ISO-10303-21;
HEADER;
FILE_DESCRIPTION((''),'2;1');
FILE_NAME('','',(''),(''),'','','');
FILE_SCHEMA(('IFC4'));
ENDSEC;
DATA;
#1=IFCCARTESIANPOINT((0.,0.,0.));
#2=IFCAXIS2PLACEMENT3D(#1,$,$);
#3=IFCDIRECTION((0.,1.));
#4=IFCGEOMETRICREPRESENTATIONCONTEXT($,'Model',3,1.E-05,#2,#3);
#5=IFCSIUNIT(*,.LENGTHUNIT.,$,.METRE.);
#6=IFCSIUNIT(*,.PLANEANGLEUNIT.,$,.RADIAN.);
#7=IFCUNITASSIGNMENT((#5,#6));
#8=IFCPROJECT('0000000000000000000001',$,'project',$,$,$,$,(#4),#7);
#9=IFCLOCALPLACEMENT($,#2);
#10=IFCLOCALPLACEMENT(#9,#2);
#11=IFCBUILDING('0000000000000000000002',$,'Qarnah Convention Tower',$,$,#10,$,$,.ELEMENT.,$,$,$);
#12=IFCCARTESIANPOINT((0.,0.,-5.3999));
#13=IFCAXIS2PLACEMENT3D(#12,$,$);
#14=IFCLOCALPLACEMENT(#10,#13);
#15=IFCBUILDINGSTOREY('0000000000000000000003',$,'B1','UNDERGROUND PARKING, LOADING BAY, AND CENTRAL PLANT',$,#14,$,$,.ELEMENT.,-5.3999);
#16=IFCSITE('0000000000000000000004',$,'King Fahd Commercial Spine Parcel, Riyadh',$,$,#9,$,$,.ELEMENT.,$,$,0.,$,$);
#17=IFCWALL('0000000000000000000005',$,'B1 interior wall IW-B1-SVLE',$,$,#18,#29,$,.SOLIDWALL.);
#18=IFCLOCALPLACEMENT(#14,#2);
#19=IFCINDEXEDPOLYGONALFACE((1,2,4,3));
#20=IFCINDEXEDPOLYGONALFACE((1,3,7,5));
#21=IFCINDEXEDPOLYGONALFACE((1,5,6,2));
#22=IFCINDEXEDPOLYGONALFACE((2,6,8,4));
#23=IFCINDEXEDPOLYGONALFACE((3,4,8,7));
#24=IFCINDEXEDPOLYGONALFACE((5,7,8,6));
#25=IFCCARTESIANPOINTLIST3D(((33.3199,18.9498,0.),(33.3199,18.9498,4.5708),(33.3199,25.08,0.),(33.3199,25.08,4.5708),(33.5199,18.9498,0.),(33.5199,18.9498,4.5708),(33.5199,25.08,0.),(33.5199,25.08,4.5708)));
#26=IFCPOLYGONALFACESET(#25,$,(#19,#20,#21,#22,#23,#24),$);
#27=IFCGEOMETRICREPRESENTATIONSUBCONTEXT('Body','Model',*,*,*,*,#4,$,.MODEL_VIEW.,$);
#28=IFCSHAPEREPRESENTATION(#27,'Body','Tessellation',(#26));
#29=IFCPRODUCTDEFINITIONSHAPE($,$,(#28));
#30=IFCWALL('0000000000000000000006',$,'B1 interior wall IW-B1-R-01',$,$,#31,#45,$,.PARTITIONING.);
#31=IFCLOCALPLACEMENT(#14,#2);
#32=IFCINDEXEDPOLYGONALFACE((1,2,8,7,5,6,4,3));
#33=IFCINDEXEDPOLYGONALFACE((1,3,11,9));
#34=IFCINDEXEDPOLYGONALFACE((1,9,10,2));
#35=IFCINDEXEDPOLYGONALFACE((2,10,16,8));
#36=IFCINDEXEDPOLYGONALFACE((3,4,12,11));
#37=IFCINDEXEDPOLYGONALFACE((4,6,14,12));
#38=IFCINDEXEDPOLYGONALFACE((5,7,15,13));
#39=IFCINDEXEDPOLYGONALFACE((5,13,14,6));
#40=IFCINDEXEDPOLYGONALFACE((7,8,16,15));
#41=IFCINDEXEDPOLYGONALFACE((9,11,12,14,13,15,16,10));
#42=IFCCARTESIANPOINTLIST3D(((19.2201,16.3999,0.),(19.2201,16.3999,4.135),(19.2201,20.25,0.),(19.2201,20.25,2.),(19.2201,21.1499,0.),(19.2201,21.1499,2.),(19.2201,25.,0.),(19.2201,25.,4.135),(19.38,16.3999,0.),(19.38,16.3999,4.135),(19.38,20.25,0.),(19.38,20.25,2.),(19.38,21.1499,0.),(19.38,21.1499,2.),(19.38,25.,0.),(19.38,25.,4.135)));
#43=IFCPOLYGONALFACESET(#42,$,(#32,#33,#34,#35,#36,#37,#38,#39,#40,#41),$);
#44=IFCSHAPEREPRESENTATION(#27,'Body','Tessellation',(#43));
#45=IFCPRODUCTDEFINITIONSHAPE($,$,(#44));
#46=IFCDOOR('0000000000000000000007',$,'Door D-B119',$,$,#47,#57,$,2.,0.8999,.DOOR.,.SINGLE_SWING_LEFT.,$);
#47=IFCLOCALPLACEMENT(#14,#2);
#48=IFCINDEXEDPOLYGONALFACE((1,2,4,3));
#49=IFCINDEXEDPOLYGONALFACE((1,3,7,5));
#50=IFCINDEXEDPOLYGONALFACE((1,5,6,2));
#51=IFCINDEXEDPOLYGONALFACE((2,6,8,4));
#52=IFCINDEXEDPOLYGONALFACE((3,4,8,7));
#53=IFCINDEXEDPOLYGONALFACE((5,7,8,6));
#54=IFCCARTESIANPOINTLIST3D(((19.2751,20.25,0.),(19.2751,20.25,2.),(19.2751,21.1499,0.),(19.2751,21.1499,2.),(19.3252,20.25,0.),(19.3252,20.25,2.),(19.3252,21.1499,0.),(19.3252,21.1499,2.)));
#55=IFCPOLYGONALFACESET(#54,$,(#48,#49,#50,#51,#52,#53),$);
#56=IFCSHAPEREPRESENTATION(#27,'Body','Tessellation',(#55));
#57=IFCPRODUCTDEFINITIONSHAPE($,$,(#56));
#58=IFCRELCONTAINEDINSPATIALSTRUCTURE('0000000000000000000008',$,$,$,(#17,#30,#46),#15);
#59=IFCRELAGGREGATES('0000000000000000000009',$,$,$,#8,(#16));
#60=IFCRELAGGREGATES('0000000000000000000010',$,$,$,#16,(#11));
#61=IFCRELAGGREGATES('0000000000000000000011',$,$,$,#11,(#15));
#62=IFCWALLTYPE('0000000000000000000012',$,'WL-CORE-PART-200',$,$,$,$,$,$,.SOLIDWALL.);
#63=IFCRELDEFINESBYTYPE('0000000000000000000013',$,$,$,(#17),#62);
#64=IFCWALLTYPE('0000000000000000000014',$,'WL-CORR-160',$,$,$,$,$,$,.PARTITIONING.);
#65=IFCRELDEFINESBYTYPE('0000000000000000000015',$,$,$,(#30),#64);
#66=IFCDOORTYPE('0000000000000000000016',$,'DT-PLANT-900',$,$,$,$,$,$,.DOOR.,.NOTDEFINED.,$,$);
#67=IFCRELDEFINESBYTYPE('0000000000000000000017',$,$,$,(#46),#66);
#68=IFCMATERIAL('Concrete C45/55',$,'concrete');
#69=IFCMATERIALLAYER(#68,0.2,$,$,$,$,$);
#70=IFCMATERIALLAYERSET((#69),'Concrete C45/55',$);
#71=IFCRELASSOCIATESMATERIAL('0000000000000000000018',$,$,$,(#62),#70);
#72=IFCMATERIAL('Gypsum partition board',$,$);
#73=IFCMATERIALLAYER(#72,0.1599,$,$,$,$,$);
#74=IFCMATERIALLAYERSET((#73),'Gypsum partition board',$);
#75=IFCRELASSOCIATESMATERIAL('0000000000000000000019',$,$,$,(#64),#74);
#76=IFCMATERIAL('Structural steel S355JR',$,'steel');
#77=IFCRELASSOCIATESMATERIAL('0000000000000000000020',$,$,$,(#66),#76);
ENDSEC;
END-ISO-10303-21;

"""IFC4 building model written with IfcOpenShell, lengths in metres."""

from ifc_helpers import new_model, si_unit, direction, frame, frame_2d, origin, place, context, subcontext, project, spatial, rectangle, extrude, material, layer, layer_set, type_object, element, fill, save


model = new_model("IFC4")

# Units and contexts
model_context = context("Model", 3, precision=1e-05, world=origin(), true_north=direction((0.0, 1.0)))
body_context = subcontext(model_context, "Body", "Model", "MODEL_VIEW")
ifc_project = project(units=[si_unit("LENGTHUNIT", "METRE"), si_unit("PLANEANGLEUNIT", "RADIAN")], contexts=[model_context])

# Site, building, storey
site_placement = place(None, origin())
site = spatial("IfcSite", under=ifc_project, at=site_placement, Name="King Fahd Commercial Spine Parcel, Riyadh", CompositionType="ELEMENT", RefElevation=0.0)
building_placement = place(site_placement, origin())
building = spatial("IfcBuilding", under=site, at=building_placement, Name="Qarnah Convention Tower", CompositionType="ELEMENT")
storey_placement = place(building_placement, frame((0.0, 0.0, -5.3999)))
storey = spatial("IfcBuildingStorey", under=building, at=storey_placement, Name="B1", Description="UNDERGROUND PARKING, LOADING BAY, AND CENTRAL PLANT", CompositionType="ELEMENT", Elevation=-5.3999)

# Shared definitions
ifc_material_1 = material(Name="Structural steel S355JR", Category="steel")

# Shared definitions
ifc_material_2 = material(Name="Concrete C45/55", Category="concrete")
ifc_layer_1 = layer(ifc_material_2, 0.2)
ifc_layer_set_1 = layer_set([ifc_layer_1], Name="Concrete C45/55")
wall_type_1 = type_object("IfcWallType", Name="WL-CORE-PART-200", PredefinedType="SOLIDWALL", material=ifc_layer_set_1)

# Wall
wall_1_placement = place(storey_placement, frame((33.4199, 18.95, 0.0), z_axis=(0.0, 0.0, 1.0), x_axis=(0.0, 1.0, 0.0)))
element("IfcWall", 1, at=wall_1_placement, inside=storey, type_object=wall_type_1, Name="B1 interior wall IW-B1-SVLE", PredefinedType="SOLIDWALL", context=body_context, shape_type="SweptSolid", body=[
    extrude(rectangle(XDim=6.1301, YDim=0.2, at=frame_2d((3.0649, 0.0))), origin(), (0.0, 0.0, 1.0), 4.5708),
])

# Wall, opening, door
ifc_material_3 = material(Name="Gypsum partition board")
ifc_layer_2 = layer(ifc_material_3, 0.1599)
ifc_layer_set_2 = layer_set([ifc_layer_2], Name="Gypsum partition board")
wall_type_2 = type_object("IfcWallType", Name="WL-CORR-160", PredefinedType="PARTITIONING", material=ifc_layer_set_2)
wall_2_placement = place(storey_placement, frame((19.3, 16.3999, 0.0), z_axis=(0.0, 0.0, 1.0), x_axis=(0.0, 1.0, 0.0)))
wall_2 = element("IfcWall", 2, at=wall_2_placement, inside=storey, type_object=wall_type_2, Name="B1 interior wall IW-B1-R-01", PredefinedType="PARTITIONING", context=body_context, shape_type="SweptSolid", body=[
    extrude(rectangle(XDim=8.6001, YDim=0.1599, at=frame_2d((4.3, 0.0))), origin(), (0.0, 0.0, 1.0), 4.135),
])
opening_1_placement = place(wall_2_placement, frame((3.8501, 0.0, 0.0)))
opening_1 = element("IfcOpeningElement", 3, at=opening_1_placement, cuts=wall_2, PredefinedType="OPENING", context=body_context, shape_type="SweptSolid", body=[
    extrude(rectangle(XDim=0.8999, YDim=2.0, at=frame_2d((0.45, 1.0))), frame((0.0, 0.0898, 0.0), z_axis=(0.0, -1.0, 0.0), x_axis=(1.0, 0.0, 0.0)), (0.0, 0.0, 1.0), 0.1799),
])
door_type_1 = type_object("IfcDoorType", Name="DT-PLANT-900", OperationType="NOTDEFINED", PredefinedType="DOOR", material=ifc_material_1)
door_1_placement = place(opening_1_placement, origin())
door_1 = element("IfcDoor", 4, at=door_1_placement, inside=storey, type_object=door_type_1, Name="Door D-B119", OperationType="SINGLE_SWING_LEFT", OverallHeight=2.0, OverallWidth=0.8999, PredefinedType="DOOR", context=body_context, shape_type="SweptSolid", body=[
    extrude(rectangle(XDim=0.8999, YDim=2.0, at=frame_2d((0.45, 1.0))), frame((0.0, 0.0249, 0.0), z_axis=(0.0, -1.0, 0.0), x_axis=(1.0, 0.0, 0.0)), (0.0, 0.0, 1.0), 0.05),
])
fill(opening_1, door_1)

save(model, "model.ifc")
